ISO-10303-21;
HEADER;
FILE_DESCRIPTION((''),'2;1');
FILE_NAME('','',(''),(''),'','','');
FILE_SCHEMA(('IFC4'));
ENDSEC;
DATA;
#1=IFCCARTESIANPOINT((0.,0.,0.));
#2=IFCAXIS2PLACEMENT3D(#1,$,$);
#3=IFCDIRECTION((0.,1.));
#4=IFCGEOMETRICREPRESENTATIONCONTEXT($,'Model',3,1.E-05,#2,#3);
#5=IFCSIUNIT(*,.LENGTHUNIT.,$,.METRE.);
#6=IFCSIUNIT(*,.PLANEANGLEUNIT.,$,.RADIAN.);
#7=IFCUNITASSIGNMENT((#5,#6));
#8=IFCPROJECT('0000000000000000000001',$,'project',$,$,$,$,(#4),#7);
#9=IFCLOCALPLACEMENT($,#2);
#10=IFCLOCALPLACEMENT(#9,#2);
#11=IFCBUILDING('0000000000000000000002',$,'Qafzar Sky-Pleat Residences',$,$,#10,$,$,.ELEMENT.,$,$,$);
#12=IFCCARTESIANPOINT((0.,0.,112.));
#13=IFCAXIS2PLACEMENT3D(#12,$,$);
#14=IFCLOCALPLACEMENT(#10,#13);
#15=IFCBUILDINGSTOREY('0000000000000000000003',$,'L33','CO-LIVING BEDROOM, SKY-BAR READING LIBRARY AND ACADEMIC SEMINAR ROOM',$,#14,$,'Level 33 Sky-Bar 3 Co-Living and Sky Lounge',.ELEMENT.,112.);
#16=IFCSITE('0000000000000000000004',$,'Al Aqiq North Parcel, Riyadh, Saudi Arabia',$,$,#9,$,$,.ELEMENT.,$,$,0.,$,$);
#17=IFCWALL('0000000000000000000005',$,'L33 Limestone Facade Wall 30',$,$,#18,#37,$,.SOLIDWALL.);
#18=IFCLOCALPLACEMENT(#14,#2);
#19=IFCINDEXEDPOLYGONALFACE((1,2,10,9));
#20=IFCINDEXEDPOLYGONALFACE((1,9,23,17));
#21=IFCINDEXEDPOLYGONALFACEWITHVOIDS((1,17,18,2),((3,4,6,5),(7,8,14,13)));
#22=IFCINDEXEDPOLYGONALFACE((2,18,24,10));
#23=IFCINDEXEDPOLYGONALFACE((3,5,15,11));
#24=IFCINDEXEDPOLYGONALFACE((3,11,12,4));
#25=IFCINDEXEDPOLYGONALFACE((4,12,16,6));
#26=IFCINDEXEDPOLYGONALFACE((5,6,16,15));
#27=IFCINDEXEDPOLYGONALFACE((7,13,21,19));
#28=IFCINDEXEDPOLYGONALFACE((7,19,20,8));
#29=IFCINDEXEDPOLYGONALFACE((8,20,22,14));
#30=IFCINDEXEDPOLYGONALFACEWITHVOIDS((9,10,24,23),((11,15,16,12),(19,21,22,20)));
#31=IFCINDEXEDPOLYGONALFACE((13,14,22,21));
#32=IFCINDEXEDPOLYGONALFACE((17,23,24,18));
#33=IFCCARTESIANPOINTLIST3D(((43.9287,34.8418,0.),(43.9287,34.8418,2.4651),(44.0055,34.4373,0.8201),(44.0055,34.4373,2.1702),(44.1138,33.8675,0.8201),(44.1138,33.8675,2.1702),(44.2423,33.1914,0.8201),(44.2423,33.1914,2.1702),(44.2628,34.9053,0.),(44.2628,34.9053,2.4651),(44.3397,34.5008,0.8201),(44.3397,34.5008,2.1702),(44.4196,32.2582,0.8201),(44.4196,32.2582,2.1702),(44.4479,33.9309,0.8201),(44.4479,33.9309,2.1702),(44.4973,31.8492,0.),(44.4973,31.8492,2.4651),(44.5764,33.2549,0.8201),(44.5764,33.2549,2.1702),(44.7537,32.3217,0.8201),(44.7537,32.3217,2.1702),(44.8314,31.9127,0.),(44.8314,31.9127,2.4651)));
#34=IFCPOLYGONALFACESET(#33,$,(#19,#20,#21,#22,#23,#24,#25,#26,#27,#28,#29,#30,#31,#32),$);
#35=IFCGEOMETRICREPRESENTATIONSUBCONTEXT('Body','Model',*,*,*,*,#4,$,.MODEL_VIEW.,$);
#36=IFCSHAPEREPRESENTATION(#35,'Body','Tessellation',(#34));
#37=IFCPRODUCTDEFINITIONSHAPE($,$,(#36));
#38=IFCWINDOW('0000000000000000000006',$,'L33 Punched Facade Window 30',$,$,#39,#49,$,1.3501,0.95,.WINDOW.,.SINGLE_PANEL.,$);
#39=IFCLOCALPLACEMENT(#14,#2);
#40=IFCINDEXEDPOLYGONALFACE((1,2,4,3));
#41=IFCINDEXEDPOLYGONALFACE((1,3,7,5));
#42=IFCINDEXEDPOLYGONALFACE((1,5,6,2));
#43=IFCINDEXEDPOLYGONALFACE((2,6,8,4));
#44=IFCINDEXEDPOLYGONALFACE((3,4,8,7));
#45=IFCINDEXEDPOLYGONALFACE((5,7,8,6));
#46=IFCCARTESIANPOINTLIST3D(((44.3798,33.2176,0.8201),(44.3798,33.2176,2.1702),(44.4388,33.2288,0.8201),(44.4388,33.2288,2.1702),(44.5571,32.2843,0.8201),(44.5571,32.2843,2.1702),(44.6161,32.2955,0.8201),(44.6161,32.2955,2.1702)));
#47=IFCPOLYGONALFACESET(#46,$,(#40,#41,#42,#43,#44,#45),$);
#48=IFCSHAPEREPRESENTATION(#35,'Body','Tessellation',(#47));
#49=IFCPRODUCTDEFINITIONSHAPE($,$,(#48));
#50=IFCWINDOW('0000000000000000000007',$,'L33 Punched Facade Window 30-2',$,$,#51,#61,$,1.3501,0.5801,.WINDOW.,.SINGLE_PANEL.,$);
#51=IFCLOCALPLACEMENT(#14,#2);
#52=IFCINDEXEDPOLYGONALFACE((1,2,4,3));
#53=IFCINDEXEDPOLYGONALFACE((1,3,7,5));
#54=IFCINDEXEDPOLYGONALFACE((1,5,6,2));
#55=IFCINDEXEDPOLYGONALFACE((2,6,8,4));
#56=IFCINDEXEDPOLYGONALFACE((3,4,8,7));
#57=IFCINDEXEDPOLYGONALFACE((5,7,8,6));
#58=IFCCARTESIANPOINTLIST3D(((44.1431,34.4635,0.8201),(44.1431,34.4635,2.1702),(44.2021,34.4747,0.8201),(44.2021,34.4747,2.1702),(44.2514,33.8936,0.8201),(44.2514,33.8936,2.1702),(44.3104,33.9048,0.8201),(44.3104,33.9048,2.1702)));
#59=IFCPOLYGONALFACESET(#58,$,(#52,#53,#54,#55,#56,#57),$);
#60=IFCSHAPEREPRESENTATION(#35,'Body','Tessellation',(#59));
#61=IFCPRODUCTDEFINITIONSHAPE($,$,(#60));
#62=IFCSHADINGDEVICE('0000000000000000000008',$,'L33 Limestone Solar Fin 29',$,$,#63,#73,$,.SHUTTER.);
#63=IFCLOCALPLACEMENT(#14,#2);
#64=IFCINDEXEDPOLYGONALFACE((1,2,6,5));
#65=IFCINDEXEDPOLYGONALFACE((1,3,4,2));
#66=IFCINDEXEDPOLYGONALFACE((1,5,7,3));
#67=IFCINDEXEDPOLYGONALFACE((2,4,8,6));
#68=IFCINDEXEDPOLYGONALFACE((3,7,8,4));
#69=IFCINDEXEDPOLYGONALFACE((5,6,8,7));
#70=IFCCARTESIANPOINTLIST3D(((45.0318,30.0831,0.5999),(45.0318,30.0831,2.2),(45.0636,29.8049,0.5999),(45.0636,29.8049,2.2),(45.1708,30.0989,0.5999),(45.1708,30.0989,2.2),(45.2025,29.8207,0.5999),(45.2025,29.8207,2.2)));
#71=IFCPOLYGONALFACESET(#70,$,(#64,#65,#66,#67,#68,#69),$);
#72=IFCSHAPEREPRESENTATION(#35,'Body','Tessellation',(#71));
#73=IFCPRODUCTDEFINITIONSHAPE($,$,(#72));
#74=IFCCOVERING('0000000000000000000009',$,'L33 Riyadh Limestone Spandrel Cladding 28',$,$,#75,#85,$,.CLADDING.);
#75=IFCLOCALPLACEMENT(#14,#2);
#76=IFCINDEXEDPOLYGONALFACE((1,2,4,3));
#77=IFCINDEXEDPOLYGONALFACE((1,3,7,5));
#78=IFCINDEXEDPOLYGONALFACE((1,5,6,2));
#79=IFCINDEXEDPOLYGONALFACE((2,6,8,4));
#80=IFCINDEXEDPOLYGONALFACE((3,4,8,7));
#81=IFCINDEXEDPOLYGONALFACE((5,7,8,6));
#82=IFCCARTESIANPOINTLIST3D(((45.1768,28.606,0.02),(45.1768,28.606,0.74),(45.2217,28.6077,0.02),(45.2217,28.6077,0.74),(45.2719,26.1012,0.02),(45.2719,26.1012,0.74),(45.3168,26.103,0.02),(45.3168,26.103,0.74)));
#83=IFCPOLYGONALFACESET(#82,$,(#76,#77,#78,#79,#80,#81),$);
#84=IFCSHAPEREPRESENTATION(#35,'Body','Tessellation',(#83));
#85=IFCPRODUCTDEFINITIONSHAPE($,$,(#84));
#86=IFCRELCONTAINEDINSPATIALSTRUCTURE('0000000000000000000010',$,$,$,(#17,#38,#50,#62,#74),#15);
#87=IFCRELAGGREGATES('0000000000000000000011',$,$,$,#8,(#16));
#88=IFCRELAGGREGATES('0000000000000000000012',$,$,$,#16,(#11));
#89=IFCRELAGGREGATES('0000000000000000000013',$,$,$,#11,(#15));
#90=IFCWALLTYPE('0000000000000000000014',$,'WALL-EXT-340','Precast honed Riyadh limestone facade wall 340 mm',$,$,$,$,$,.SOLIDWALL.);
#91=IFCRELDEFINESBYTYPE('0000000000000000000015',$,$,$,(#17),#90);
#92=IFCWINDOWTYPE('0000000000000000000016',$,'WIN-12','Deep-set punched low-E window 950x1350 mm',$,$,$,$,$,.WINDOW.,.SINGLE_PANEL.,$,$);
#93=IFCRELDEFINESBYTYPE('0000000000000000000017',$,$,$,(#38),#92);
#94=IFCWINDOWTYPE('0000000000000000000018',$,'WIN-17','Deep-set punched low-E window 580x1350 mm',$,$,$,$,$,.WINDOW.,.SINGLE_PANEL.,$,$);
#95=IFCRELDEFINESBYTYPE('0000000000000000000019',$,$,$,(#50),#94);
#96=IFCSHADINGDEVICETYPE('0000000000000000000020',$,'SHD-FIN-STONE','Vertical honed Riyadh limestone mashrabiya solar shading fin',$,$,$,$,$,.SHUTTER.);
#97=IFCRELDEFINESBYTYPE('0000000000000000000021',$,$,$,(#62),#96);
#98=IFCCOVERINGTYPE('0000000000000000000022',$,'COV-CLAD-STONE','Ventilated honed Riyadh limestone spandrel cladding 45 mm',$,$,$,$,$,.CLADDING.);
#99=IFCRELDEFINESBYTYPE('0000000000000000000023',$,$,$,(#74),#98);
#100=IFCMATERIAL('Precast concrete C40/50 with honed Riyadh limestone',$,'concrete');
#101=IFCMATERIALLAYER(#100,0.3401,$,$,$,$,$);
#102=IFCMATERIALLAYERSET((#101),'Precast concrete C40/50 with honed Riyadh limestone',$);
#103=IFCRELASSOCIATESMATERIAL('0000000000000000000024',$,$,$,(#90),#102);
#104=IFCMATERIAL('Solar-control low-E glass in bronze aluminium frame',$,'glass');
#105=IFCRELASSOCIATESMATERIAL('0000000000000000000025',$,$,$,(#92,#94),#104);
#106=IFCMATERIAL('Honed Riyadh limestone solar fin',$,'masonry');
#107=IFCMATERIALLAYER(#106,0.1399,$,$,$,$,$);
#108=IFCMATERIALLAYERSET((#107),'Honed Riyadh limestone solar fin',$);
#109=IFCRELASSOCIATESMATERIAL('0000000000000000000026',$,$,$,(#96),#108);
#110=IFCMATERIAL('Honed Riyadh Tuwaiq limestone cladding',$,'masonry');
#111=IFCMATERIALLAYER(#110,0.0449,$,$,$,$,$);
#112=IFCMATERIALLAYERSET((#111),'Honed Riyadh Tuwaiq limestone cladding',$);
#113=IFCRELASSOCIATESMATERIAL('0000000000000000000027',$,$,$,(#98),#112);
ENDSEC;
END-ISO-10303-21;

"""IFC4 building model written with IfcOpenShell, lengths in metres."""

from ifc_helpers import new_model, si_unit, direction, frame, frame_2d, origin, origin_2d, place, context, subcontext, project, spatial, rectangle, extrude, source, transform, mapped, material, layer, layer_set, type_object, element, fill, save


model = new_model("IFC4")

# Units and contexts
model_context = context("Model", 3, precision=1e-05, world=origin(), true_north=direction((0.0, 1.0)))
body_context = subcontext(model_context, "Body", "Model", "MODEL_VIEW")
ifc_project = project(units=[si_unit("LENGTHUNIT", "METRE"), si_unit("PLANEANGLEUNIT", "RADIAN")], contexts=[model_context])

# Site, building, storey
site_placement = place(None, origin())
site = spatial("IfcSite", under=ifc_project, at=site_placement, Name="Al Aqiq North Parcel, Riyadh, Saudi Arabia", CompositionType="ELEMENT", RefElevation=0.0)
building_placement = place(site_placement, origin())
building = spatial("IfcBuilding", under=site, at=building_placement, Name="Qafzar Sky-Pleat Residences", CompositionType="ELEMENT")
storey_placement = place(building_placement, frame((0.0, 0.0, 112.0)))
storey = spatial("IfcBuildingStorey", under=building, at=storey_placement, Name="L33", Description="CO-LIVING BEDROOM, SKY-BAR READING LIBRARY AND ACADEMIC SEMINAR ROOM", LongName="Level 33 Sky-Bar 3 Co-Living and Sky Lounge", CompositionType="ELEMENT", Elevation=112.0)

# Shared definitions
ifc_material_1 = material(Name="Precast concrete C40/50 with honed Riyadh limestone", Category="concrete")
ifc_layer_1 = layer(ifc_material_1, 0.3401)
ifc_layer_set_1 = layer_set([ifc_layer_1], Name="Precast concrete C40/50 with honed Riyadh limestone")
wall_type_1 = type_object("IfcWallType", Name="WALL-EXT-340", Description="Precast honed Riyadh limestone facade wall 340 mm", PredefinedType="SOLIDWALL", material=ifc_layer_set_1)
ifc_material_2 = material(Name="Solar-control low-E glass in bronze aluminium frame", Category="glass")

# Wall, openings, windows
wall_1_placement = place(storey_placement, frame((44.6643, 31.8811, 0.0), z_axis=(0.0, 0.0, 1.0), x_axis=(-0.186659, 0.982425, 0.0)))
wall_1 = element("IfcWall", 1, at=wall_1_placement, inside=storey, type_object=wall_type_1, Name="L33 Limestone Facade Wall 30", PredefinedType="SOLIDWALL", context=body_context, shape_type="SweptSolid", body=[
    extrude(rectangle(XDim=3.0461, YDim=0.3401, at=frame_2d((1.5229, 0.0))), origin(), (0.0, 0.0, 1.0), 2.4651),
])
opening_1_placement = place(wall_1_placement, frame((0.416, 0.0, 0.8201)))
opening_1 = element("IfcOpeningElement", 2, at=opening_1_placement, cuts=wall_1, PredefinedType="OPENING", context=body_context, shape_type="SweptSolid", body=[
    extrude(rectangle(XDim=0.95, YDim=1.3501, at=frame_2d((0.4751, 0.675))), frame((0.0, 0.1802, 0.0), z_axis=(0.0, -1.0, 0.0), x_axis=(1.0, 0.0, 0.0)), (0.0, 0.0, 1.0), 0.3601),
])
opening_2_placement = place(wall_1_placement, frame((2.0542, 0.0, 0.8201)))
opening_2 = element("IfcOpeningElement", 3, at=opening_2_placement, cuts=wall_1, PredefinedType="OPENING", context=body_context, shape_type="SweptSolid", body=[
    extrude(rectangle(XDim=0.5801, YDim=1.3501, at=frame_2d((0.29, 0.675))), frame((0.0, 0.1802, 0.0), z_axis=(0.0, -1.0, 0.0), x_axis=(1.0, 0.0, 0.0)), (0.0, 0.0, 1.0), 0.3601),
])
window_type_1 = type_object("IfcWindowType", Name="WIN-12", Description="Deep-set punched low-E window 950x1350 mm", PartitioningType="SINGLE_PANEL", PredefinedType="WINDOW", material=ifc_material_2)
shared_shape_1 = source(origin(), body_context, "Body", "SweptSolid", [
    extrude(rectangle(XDim=0.95, YDim=1.3501, at=frame_2d((0.4751, 0.675))), frame((0.0, 0.03, 0.0), z_axis=(0.0, -1.0, 0.0), x_axis=(1.0, 0.0, 0.0)), (0.0, 0.0, 1.0), 0.0601),
])
window_1_placement = place(opening_1_placement, origin())
window_1 = element("IfcWindow", 4, at=window_1_placement, inside=storey, type_object=window_type_1, Name="L33 Punched Facade Window 30", OverallHeight=1.3501, OverallWidth=0.95, PartitioningType="SINGLE_PANEL", PredefinedType="WINDOW", context=body_context, shape_type="MappedRepresentation", body=[
    mapped(shared_shape_1, transform((0.0, 0.0, 0.0), x_axis=(1.0, 0.0, 0.0), y_axis=(0.0, 1.0, 0.0), z_axis=(0.0, 0.0, 1.0), scale=1.0)),
])
fill(opening_1, window_1)
window_type_2 = type_object("IfcWindowType", Name="WIN-17", Description="Deep-set punched low-E window 580x1350 mm", PartitioningType="SINGLE_PANEL", PredefinedType="WINDOW", material=ifc_material_2)
shared_shape_2 = source(origin(), body_context, "Body", "SweptSolid", [
    extrude(rectangle(XDim=0.5801, YDim=1.3501, at=frame_2d((0.29, 0.675))), frame((0.0, 0.03, 0.0), z_axis=(0.0, -1.0, 0.0), x_axis=(1.0, 0.0, 0.0)), (0.0, 0.0, 1.0), 0.0601),
])
window_2_placement = place(opening_2_placement, origin())
window_2 = element("IfcWindow", 5, at=window_2_placement, inside=storey, type_object=window_type_2, Name="L33 Punched Facade Window 30-2", OverallHeight=1.3501, OverallWidth=0.5801, PartitioningType="SINGLE_PANEL", PredefinedType="WINDOW", context=body_context, shape_type="MappedRepresentation", body=[
    mapped(shared_shape_2, transform((0.0, 0.0, 0.0), x_axis=(1.0, 0.0, 0.0), y_axis=(0.0, 1.0, 0.0), z_axis=(0.0, 0.0, 1.0), scale=1.0)),
])
fill(opening_2, window_2)

# Shading device
ifc_material_3 = material(Name="Honed Riyadh limestone solar fin", Category="masonry")
ifc_layer_2 = layer(ifc_material_3, 0.1399)
ifc_layer_set_2 = layer_set([ifc_layer_2], Name="Honed Riyadh limestone solar fin")
shading_device_type = type_object("IfcShadingDeviceType", Name="SHD-FIN-STONE", Description="Vertical honed Riyadh limestone mashrabiya solar shading fin", PredefinedType="SHUTTER", material=ifc_layer_set_2)
shared_shape_3 = source(origin(), body_context, "Body", "SweptSolid", [
    extrude(rectangle(XDim=0.1399, YDim=0.28, at=origin_2d()), origin(), (0.0, 0.0, 1.0), 1.6001),
])
shading_device_placement = place(storey_placement, frame((45.1172, 29.9519, 0.5999), z_axis=(0.0, 0.0, 1.0), x_axis=(0.993563, 0.113279, 0.0)))
element("IfcShadingDevice", 6, at=shading_device_placement, inside=storey, type_object=shading_device_type, Name="L33 Limestone Solar Fin 29", PredefinedType="SHUTTER", context=body_context, shape_type="MappedRepresentation", body=[
    mapped(shared_shape_3, transform((0.0, 0.0, 0.0), x_axis=(1.0, 0.0, 0.0), y_axis=(0.0, 1.0, 0.0), z_axis=(0.0, 0.0, 1.0), scale=1.0)),
])

# Covering
ifc_material_4 = material(Name="Honed Riyadh Tuwaiq limestone cladding", Category="masonry")
ifc_layer_3 = layer(ifc_material_4, 0.0449)
ifc_layer_set_3 = layer_set([ifc_layer_3], Name="Honed Riyadh Tuwaiq limestone cladding")
covering_type = type_object("IfcCoveringType", Name="COV-CLAD-STONE", Description="Ventilated honed Riyadh limestone spandrel cladding 45 mm", PredefinedType="CLADDING", material=ifc_layer_set_3)
shared_shape_4 = source(origin(), body_context, "Body", "SweptSolid", [
    extrude(rectangle(XDim=2.5066, YDim=0.0449, at=origin_2d()), origin(), (0.0, 0.0, 1.0), 0.72),
])
covering_placement = place(storey_placement, frame((45.2468, 27.3545, 0.02), z_axis=(0.0, 0.0, 1.0), x_axis=(-0.037951, 0.99928, 0.0)))
element("IfcCovering", 7, at=covering_placement, inside=storey, type_object=covering_type, Name="L33 Riyadh Limestone Spandrel Cladding 28", PredefinedType="CLADDING", context=body_context, shape_type="MappedRepresentation", body=[
    mapped(shared_shape_4, transform((0.0, 0.0, 0.0), x_axis=(1.0, 0.0, 0.0), y_axis=(0.0, 1.0, 0.0), z_axis=(0.0, 0.0, 1.0), scale=1.0)),
])

save(model, "model.ifc")
